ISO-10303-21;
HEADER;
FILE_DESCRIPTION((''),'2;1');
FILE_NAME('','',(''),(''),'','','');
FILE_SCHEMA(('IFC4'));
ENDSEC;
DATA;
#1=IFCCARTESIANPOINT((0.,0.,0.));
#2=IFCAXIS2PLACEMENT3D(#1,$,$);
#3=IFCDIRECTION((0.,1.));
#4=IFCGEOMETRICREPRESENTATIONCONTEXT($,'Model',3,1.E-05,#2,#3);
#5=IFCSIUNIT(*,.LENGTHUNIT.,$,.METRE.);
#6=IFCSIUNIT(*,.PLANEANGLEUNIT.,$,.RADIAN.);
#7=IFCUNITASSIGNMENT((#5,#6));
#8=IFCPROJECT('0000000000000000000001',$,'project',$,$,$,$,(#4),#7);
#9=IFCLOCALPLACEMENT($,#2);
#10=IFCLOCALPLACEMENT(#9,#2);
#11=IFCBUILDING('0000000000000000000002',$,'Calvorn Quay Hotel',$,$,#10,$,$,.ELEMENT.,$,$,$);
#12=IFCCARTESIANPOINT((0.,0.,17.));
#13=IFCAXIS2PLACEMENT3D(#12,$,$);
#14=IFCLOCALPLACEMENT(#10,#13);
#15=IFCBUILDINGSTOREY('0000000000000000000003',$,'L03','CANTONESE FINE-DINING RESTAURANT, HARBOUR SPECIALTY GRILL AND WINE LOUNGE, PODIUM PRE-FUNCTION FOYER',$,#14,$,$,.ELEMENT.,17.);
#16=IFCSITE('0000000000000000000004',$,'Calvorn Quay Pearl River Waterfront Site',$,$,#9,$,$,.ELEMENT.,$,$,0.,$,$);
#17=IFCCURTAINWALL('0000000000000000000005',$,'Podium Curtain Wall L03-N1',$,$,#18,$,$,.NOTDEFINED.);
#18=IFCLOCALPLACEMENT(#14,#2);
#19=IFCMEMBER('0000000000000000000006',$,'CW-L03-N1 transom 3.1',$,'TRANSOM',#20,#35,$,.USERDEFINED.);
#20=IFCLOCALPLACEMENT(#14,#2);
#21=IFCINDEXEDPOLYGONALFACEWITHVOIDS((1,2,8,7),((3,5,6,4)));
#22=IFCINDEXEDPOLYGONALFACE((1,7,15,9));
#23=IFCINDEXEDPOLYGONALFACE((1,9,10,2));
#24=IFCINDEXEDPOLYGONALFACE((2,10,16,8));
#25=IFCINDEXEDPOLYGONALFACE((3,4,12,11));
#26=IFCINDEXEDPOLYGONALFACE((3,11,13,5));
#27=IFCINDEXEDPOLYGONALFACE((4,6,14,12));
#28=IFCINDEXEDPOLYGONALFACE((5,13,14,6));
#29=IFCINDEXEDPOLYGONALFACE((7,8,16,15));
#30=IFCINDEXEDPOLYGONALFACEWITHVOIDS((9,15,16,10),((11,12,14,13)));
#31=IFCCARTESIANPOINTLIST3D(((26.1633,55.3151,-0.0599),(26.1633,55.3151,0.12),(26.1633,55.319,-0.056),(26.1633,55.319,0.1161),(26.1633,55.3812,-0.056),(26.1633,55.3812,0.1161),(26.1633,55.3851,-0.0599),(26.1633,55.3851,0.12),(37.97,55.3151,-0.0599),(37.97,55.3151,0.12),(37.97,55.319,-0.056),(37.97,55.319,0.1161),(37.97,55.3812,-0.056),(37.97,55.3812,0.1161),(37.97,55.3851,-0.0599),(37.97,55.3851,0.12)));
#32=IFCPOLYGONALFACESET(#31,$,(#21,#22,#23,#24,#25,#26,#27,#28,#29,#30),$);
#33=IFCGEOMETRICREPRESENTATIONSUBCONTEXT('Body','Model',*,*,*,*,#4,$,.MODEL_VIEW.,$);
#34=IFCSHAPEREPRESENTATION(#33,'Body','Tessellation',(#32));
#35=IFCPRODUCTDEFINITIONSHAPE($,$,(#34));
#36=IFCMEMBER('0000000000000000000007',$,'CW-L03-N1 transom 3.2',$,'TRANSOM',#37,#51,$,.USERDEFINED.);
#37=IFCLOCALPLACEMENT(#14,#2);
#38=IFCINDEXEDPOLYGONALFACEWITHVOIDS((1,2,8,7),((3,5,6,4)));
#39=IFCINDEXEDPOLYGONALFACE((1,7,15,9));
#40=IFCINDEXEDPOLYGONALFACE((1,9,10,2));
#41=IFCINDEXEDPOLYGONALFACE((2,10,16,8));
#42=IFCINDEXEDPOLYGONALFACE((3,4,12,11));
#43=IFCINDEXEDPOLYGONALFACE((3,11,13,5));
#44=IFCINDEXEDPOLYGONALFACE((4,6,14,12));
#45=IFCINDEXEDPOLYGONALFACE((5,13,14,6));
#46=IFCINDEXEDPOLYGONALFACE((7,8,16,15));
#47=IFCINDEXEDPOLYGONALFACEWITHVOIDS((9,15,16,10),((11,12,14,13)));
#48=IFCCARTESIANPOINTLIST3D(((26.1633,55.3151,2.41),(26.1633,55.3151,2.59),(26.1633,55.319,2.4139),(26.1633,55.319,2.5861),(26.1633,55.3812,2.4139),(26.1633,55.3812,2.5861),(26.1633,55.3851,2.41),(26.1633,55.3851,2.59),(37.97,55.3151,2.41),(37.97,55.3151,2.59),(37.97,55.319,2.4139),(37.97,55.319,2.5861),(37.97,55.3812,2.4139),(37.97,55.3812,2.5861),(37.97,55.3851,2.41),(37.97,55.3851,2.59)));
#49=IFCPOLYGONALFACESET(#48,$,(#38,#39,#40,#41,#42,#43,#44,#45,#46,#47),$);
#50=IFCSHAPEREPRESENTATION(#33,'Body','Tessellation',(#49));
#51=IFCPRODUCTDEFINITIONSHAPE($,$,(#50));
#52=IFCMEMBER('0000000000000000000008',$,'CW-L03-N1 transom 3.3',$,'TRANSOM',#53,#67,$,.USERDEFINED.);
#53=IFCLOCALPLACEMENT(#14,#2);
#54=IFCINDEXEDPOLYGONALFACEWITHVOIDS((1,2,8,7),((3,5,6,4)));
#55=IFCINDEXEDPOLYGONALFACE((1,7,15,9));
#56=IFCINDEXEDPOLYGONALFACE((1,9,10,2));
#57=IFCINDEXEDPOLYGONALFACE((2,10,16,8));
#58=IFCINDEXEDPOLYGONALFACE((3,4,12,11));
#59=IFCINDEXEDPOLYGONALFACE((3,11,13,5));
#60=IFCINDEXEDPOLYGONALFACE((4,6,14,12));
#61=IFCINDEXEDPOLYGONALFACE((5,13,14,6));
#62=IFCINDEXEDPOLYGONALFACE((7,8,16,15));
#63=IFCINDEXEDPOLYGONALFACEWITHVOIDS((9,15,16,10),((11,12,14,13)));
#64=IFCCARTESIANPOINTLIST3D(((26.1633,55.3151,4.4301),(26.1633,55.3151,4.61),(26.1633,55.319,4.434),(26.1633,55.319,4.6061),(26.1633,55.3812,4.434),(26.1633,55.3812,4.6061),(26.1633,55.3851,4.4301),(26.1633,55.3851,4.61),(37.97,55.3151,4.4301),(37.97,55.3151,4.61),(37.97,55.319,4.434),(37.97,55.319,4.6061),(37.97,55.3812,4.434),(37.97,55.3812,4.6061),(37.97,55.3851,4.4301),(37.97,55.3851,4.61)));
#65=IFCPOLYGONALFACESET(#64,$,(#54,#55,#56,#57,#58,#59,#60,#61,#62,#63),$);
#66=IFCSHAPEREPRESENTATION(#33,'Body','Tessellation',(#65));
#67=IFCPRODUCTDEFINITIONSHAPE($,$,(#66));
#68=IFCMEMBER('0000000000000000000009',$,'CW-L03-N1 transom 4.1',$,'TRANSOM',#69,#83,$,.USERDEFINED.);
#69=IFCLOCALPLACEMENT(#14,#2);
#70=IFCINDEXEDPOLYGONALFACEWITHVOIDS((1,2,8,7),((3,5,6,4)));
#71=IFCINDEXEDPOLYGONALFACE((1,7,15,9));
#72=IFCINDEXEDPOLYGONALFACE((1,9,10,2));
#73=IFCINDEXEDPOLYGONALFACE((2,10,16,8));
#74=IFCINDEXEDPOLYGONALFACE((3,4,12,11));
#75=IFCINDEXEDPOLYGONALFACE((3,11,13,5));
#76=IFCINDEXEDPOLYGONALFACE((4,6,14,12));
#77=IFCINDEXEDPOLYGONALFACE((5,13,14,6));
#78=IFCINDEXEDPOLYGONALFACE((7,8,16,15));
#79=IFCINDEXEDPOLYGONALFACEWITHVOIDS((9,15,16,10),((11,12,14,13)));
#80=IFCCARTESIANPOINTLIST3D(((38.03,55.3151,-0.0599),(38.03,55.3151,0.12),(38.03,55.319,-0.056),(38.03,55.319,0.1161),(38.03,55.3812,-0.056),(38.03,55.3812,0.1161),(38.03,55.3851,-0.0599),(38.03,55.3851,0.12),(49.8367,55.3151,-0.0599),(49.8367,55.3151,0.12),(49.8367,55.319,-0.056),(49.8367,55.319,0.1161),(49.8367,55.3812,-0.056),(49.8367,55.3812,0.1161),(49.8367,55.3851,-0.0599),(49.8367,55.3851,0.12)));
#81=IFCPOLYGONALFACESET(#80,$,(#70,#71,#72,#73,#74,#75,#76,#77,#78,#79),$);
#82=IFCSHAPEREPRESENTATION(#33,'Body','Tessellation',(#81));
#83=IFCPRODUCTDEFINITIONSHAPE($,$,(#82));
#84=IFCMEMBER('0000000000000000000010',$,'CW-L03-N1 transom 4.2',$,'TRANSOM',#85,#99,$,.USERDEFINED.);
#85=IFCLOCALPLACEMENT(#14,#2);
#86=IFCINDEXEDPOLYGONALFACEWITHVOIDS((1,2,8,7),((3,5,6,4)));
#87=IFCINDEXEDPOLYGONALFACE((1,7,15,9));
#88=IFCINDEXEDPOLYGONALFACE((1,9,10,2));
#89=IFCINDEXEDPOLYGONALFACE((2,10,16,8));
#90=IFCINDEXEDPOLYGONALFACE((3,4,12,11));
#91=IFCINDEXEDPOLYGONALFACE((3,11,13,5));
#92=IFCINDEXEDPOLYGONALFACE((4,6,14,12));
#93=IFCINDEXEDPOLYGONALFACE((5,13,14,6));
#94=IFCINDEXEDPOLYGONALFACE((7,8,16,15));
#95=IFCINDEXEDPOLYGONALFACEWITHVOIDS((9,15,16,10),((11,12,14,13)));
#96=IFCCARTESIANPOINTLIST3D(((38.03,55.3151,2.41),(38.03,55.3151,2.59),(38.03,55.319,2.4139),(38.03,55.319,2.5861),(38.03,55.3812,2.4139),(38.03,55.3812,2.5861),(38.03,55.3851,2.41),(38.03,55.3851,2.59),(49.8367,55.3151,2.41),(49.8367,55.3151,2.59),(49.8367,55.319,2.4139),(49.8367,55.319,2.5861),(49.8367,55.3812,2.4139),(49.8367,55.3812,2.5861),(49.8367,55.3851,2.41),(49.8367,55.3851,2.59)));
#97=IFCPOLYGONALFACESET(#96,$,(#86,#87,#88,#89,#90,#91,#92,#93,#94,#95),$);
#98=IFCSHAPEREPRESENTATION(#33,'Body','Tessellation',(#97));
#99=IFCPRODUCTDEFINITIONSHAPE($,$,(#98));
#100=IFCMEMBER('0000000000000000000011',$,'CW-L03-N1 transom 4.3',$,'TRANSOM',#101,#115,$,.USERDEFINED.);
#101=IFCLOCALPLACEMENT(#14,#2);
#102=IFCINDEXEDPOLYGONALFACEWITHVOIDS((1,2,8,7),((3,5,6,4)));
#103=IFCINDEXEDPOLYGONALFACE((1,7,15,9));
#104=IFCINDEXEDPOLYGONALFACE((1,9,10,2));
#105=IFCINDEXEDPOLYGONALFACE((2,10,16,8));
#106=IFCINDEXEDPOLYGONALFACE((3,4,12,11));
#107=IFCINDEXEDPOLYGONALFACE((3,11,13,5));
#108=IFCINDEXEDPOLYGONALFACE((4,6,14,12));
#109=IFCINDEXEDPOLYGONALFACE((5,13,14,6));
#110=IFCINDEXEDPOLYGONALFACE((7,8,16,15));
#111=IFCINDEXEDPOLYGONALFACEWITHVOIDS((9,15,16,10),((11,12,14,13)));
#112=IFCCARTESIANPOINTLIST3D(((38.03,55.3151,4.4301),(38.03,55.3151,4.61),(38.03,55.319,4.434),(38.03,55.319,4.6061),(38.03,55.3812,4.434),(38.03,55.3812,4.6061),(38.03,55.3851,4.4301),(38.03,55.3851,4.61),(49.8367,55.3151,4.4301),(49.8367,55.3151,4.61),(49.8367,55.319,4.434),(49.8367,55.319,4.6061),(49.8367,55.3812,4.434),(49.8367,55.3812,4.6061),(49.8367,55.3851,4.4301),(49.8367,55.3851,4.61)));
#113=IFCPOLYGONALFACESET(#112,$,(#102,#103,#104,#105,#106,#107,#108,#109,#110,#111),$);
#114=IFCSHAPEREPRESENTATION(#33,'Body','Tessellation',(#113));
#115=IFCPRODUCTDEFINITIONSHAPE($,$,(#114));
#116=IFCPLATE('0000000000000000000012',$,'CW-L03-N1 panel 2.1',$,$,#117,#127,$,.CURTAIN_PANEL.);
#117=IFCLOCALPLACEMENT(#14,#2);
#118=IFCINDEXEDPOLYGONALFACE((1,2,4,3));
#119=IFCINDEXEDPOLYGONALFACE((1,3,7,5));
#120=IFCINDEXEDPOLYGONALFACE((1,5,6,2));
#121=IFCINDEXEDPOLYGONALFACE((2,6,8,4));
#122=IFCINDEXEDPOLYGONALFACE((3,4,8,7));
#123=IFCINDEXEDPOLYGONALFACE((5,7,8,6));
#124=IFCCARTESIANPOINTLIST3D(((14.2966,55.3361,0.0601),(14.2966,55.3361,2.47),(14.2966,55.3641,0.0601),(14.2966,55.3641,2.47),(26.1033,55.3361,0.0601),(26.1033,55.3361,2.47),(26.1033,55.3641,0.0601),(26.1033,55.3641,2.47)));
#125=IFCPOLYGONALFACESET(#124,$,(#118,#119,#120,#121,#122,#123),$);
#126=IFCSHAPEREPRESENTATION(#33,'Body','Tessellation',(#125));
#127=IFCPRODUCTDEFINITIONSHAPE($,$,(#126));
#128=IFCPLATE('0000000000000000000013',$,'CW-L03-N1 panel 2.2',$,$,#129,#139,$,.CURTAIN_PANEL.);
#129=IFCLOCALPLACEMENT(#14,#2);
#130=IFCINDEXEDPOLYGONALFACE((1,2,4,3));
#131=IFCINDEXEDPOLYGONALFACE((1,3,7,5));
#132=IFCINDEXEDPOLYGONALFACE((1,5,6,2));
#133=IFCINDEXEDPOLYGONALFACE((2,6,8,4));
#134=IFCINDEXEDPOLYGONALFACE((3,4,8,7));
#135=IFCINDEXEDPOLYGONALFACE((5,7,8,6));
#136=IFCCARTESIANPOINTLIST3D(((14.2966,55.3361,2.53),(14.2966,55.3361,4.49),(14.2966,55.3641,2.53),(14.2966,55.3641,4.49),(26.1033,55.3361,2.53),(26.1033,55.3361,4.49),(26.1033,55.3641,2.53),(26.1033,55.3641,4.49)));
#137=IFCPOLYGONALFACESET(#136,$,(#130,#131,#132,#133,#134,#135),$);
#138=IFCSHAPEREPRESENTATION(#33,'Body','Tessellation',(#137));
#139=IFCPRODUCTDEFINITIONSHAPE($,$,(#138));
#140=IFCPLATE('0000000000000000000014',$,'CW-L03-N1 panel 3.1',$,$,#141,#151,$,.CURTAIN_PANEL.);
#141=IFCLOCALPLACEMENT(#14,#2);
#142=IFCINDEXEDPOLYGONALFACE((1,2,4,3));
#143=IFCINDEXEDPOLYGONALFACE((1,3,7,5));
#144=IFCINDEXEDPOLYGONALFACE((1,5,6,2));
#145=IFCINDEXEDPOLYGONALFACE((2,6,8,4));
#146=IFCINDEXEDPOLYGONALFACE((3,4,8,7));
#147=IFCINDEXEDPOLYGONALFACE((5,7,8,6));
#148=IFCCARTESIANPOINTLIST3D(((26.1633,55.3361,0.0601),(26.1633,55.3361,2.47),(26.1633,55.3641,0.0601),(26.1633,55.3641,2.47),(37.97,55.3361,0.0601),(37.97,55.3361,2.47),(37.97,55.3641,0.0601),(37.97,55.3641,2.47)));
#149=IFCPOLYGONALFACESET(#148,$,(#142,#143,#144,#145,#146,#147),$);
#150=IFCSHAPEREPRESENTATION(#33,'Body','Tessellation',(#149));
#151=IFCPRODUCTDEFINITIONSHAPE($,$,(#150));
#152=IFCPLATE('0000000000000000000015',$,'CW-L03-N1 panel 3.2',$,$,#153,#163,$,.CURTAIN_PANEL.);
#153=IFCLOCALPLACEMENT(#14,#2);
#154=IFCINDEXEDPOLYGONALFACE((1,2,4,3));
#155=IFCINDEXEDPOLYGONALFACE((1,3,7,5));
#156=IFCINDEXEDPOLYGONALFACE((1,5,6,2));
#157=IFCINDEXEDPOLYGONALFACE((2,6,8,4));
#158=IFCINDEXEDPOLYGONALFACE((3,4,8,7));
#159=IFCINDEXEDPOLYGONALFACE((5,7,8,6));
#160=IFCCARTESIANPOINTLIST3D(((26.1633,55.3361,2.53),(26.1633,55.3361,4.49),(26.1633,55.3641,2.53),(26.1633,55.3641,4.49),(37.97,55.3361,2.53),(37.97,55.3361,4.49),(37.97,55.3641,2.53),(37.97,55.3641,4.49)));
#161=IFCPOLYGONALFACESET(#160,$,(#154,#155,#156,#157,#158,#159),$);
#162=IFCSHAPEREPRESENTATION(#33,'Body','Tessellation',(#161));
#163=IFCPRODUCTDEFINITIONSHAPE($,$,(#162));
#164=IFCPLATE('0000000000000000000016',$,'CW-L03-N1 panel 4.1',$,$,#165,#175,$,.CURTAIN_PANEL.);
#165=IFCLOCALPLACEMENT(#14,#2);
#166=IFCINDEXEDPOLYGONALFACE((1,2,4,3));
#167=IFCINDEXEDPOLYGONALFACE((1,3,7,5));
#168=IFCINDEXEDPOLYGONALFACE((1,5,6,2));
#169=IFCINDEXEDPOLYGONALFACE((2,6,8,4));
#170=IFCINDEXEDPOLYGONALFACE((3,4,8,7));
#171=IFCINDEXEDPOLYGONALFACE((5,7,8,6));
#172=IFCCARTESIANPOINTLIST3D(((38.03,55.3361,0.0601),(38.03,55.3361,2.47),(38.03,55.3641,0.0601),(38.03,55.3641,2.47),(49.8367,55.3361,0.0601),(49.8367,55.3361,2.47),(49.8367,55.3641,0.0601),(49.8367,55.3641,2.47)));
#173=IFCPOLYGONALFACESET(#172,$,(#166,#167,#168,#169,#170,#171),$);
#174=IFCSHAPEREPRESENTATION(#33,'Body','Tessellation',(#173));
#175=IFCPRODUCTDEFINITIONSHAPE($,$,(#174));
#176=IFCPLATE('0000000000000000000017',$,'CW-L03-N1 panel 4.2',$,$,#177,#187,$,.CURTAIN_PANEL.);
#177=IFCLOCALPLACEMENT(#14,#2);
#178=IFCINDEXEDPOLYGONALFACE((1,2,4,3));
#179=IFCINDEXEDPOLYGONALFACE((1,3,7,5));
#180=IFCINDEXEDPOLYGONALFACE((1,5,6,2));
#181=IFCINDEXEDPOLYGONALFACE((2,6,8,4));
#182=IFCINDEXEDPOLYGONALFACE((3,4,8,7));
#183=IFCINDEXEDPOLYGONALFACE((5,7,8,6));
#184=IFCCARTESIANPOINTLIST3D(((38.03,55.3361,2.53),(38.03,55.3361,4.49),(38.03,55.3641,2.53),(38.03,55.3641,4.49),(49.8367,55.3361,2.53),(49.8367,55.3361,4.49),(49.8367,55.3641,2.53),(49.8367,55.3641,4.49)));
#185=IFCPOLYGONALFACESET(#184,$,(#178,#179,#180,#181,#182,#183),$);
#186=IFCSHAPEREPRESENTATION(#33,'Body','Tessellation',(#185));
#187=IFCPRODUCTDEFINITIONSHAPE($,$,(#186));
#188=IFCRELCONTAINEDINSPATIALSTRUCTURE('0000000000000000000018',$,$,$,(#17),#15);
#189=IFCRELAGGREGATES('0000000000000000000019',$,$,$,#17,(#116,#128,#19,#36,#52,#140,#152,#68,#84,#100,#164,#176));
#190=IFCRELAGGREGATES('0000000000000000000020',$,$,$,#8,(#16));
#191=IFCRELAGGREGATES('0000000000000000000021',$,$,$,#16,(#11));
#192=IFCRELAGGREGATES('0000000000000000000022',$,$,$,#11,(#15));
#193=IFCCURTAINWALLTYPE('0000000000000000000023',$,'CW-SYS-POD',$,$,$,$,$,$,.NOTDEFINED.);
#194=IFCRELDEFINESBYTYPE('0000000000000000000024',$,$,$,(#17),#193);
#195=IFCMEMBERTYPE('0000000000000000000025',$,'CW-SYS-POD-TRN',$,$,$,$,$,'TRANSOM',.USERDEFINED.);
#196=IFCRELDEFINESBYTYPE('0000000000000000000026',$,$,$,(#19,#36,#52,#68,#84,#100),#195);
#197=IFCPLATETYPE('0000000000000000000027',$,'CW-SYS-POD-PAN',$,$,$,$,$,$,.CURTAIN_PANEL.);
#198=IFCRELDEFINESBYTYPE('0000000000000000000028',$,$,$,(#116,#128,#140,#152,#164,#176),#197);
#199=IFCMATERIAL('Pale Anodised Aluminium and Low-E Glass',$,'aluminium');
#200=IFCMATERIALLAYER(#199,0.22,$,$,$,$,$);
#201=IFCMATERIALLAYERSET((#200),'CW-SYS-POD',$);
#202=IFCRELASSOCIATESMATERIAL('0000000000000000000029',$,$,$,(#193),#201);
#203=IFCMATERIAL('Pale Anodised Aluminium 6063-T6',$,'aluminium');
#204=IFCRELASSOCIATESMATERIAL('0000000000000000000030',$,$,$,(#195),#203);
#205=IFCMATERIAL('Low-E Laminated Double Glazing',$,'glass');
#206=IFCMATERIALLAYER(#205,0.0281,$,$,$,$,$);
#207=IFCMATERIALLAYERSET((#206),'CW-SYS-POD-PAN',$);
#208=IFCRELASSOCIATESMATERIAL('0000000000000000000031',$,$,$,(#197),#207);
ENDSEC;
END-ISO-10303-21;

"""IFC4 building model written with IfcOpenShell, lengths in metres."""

from ifc_helpers import new_model, si_unit, direction, frame, origin, origin_2d, place, context, subcontext, project, spatial, rectangle, hollow_rectangle, extrude, material, layer, layer_set, material_profile, profile_set, type_object, element, aggregate, save


model = new_model("IFC4")

# Units and contexts
model_context = context("Model", 3, precision=1e-05, world=origin(), true_north=direction((0.0, 1.0)))
body_context = subcontext(model_context, "Body", "Model", "MODEL_VIEW")
ifc_project = project(units=[si_unit("LENGTHUNIT", "METRE"), si_unit("PLANEANGLEUNIT", "RADIAN")], contexts=[model_context])

# Site, building, storey
site_placement = place(None, origin())
site = spatial("IfcSite", under=ifc_project, at=site_placement, Name="Calvorn Quay Pearl River Waterfront Site", CompositionType="ELEMENT", RefElevation=0.0)
building_placement = place(site_placement, origin())
building = spatial("IfcBuilding", under=site, at=building_placement, Name="Calvorn Quay Hotel", CompositionType="ELEMENT")
storey_placement = place(building_placement, frame((0.0, 0.0, 17.0)))
storey = spatial("IfcBuildingStorey", under=building, at=storey_placement, Name="L03", Description="CANTONESE FINE-DINING RESTAURANT, HARBOUR SPECIALTY GRILL AND WINE LOUNGE, PODIUM PRE-FUNCTION FOYER", CompositionType="ELEMENT", Elevation=17.0)

# Curtain wall, members, plates
ifc_material_1 = material(Name="Pale Anodised Aluminium and Low-E Glass", Category="aluminium")
ifc_layer_1 = layer(ifc_material_1, 0.22)
ifc_layer_set_1 = layer_set([ifc_layer_1], Name="CW-SYS-POD")
curtain_wall_type = type_object("IfcCurtainWallType", Name="CW-SYS-POD", PredefinedType="NOTDEFINED", material=ifc_layer_set_1)
curtain_wall_placement = place(storey_placement, origin())
curtain_wall = element("IfcCurtainWall", 1, at=curtain_wall_placement, inside=storey, type_object=curtain_wall_type, Name="Podium Curtain Wall L03-N1", PredefinedType="NOTDEFINED")
ifc_material_2 = material(Name="Pale Anodised Aluminium 6063-T6", Category="aluminium")
ifc_material_profile_1 = material_profile(ifc_material_2, hollow_rectangle(XDim=0.0701, YDim=0.1799, WallThickness=0.0039, at=origin_2d()), Name="ALU-T180x70x4")
ifc_profile_set_1 = profile_set([ifc_material_profile_1], Name="Pale Anodised Aluminium 6063-T6")
member_type_1 = type_object("IfcMemberType", Name="CW-SYS-POD-TRN", ElementType="TRANSOM", PredefinedType="USERDEFINED", material=ifc_profile_set_1)
member_1_placement = place(storey_placement, frame((26.1633, 55.3501, 0.03), z_axis=(1.0, 0.0, 0.0), x_axis=(0.0, 1.0, 0.0)))
member_1 = element("IfcMember", 2, at=member_1_placement, type_object=member_type_1, Name="CW-L03-N1 transom 3.1", ObjectType="TRANSOM", PredefinedType="USERDEFINED", context=body_context, shape_type="SweptSolid", body=[
    extrude(hollow_rectangle(XDim=0.0701, YDim=0.1799, WallThickness=0.0039, at=origin_2d()), origin(), (0.0, 0.0, 1.0), 11.8066),
])
member_2_placement = place(storey_placement, frame((26.1633, 55.3501, 2.5), z_axis=(1.0, 0.0, 0.0), x_axis=(0.0, 1.0, 0.0)))
member_2 = element("IfcMember", 3, at=member_2_placement, type_object=member_type_1, Name="CW-L03-N1 transom 3.2", ObjectType="TRANSOM", PredefinedType="USERDEFINED", context=body_context, shape_type="SweptSolid", body=[
    extrude(hollow_rectangle(XDim=0.0701, YDim=0.1799, WallThickness=0.0039, at=origin_2d()), origin(), (0.0, 0.0, 1.0), 11.8066),
])
member_3_placement = place(storey_placement, frame((26.1633, 55.3501, 4.52), z_axis=(1.0, 0.0, 0.0), x_axis=(0.0, 1.0, 0.0)))
member_3 = element("IfcMember", 4, at=member_3_placement, type_object=member_type_1, Name="CW-L03-N1 transom 3.3", ObjectType="TRANSOM", PredefinedType="USERDEFINED", context=body_context, shape_type="SweptSolid", body=[
    extrude(hollow_rectangle(XDim=0.0701, YDim=0.1799, WallThickness=0.0039, at=origin_2d()), origin(), (0.0, 0.0, 1.0), 11.8066),
])
member_4_placement = place(storey_placement, frame((38.03, 55.3501, 0.03), z_axis=(1.0, 0.0, 0.0), x_axis=(0.0, 1.0, 0.0)))
member_4 = element("IfcMember", 5, at=member_4_placement, type_object=member_type_1, Name="CW-L03-N1 transom 4.1", ObjectType="TRANSOM", PredefinedType="USERDEFINED", context=body_context, shape_type="SweptSolid", body=[
    extrude(hollow_rectangle(XDim=0.0701, YDim=0.1799, WallThickness=0.0039, at=origin_2d()), origin(), (0.0, 0.0, 1.0), 11.8066),
])
member_5_placement = place(storey_placement, frame((38.03, 55.3501, 2.5), z_axis=(1.0, 0.0, 0.0), x_axis=(0.0, 1.0, 0.0)))
member_5 = element("IfcMember", 6, at=member_5_placement, type_object=member_type_1, Name="CW-L03-N1 transom 4.2", ObjectType="TRANSOM", PredefinedType="USERDEFINED", context=body_context, shape_type="SweptSolid", body=[
    extrude(hollow_rectangle(XDim=0.0701, YDim=0.1799, WallThickness=0.0039, at=origin_2d()), origin(), (0.0, 0.0, 1.0), 11.8066),
])
member_6_placement = place(storey_placement, frame((38.03, 55.3501, 4.52), z_axis=(1.0, 0.0, 0.0), x_axis=(0.0, 1.0, 0.0)))
member_6 = element("IfcMember", 7, at=member_6_placement, type_object=member_type_1, Name="CW-L03-N1 transom 4.3", ObjectType="TRANSOM", PredefinedType="USERDEFINED", context=body_context, shape_type="SweptSolid", body=[
    extrude(hollow_rectangle(XDim=0.0701, YDim=0.1799, WallThickness=0.0039, at=origin_2d()), origin(), (0.0, 0.0, 1.0), 11.8066),
])
ifc_material_3 = material(Name="Low-E Laminated Double Glazing", Category="glass")
ifc_layer_2 = layer(ifc_material_3, 0.0281)
ifc_layer_set_2 = layer_set([ifc_layer_2], Name="CW-SYS-POD-PAN")
plate_type = type_object("IfcPlateType", Name="CW-SYS-POD-PAN", PredefinedType="CURTAIN_PANEL", material=ifc_layer_set_2)
plate_1_placement = place(storey_placement, frame((20.2, 55.3501, 0.0601), z_axis=(0.0, 0.0, 1.0), x_axis=(1.0, 0.0, 0.0)))
plate_1 = element("IfcPlate", 8, at=plate_1_placement, type_object=plate_type, Name="CW-L03-N1 panel 2.1", PredefinedType="CURTAIN_PANEL", context=body_context, shape_type="SweptSolid", body=[
    extrude(rectangle(XDim=11.8066, YDim=0.0281, at=origin_2d()), origin(), (0.0, 0.0, 1.0), 2.4099),
])
plate_2_placement = place(storey_placement, frame((20.2, 55.3501, 2.53), z_axis=(0.0, 0.0, 1.0), x_axis=(1.0, 0.0, 0.0)))
plate_2 = element("IfcPlate", 9, at=plate_2_placement, type_object=plate_type, Name="CW-L03-N1 panel 2.2", PredefinedType="CURTAIN_PANEL", context=body_context, shape_type="SweptSolid", body=[
    extrude(rectangle(XDim=11.8066, YDim=0.0281, at=origin_2d()), origin(), (0.0, 0.0, 1.0), 1.96),
])
plate_3_placement = place(storey_placement, frame((32.0667, 55.3501, 0.0601), z_axis=(0.0, 0.0, 1.0), x_axis=(1.0, 0.0, 0.0)))
plate_3 = element("IfcPlate", 10, at=plate_3_placement, type_object=plate_type, Name="CW-L03-N1 panel 3.1", PredefinedType="CURTAIN_PANEL", context=body_context, shape_type="SweptSolid", body=[
    extrude(rectangle(XDim=11.8066, YDim=0.0281, at=origin_2d()), origin(), (0.0, 0.0, 1.0), 2.4099),
])
plate_4_placement = place(storey_placement, frame((32.0667, 55.3501, 2.53), z_axis=(0.0, 0.0, 1.0), x_axis=(1.0, 0.0, 0.0)))
plate_4 = element("IfcPlate", 11, at=plate_4_placement, type_object=plate_type, Name="CW-L03-N1 panel 3.2", PredefinedType="CURTAIN_PANEL", context=body_context, shape_type="SweptSolid", body=[
    extrude(rectangle(XDim=11.8066, YDim=0.0281, at=origin_2d()), origin(), (0.0, 0.0, 1.0), 1.96),
])
plate_5_placement = place(storey_placement, frame((43.9333, 55.3501, 0.0601), z_axis=(0.0, 0.0, 1.0), x_axis=(1.0, 0.0, 0.0)))
plate_5 = element("IfcPlate", 12, at=plate_5_placement, type_object=plate_type, Name="CW-L03-N1 panel 4.1", PredefinedType="CURTAIN_PANEL", context=body_context, shape_type="SweptSolid", body=[
    extrude(rectangle(XDim=11.8066, YDim=0.0281, at=origin_2d()), origin(), (0.0, 0.0, 1.0), 2.4099),
])
plate_6_placement = place(storey_placement, frame((43.9333, 55.3501, 2.53), z_axis=(0.0, 0.0, 1.0), x_axis=(1.0, 0.0, 0.0)))
plate_6 = element("IfcPlate", 13, at=plate_6_placement, type_object=plate_type, Name="CW-L03-N1 panel 4.2", PredefinedType="CURTAIN_PANEL", context=body_context, shape_type="SweptSolid", body=[
    extrude(rectangle(XDim=11.8066, YDim=0.0281, at=origin_2d()), origin(), (0.0, 0.0, 1.0), 1.96),
])
aggregate(curtain_wall, [plate_1, plate_2, member_1, member_2, member_3, plate_3, plate_4, member_4, member_5, member_6, plate_5, plate_6])

save(model, "model.ifc")
